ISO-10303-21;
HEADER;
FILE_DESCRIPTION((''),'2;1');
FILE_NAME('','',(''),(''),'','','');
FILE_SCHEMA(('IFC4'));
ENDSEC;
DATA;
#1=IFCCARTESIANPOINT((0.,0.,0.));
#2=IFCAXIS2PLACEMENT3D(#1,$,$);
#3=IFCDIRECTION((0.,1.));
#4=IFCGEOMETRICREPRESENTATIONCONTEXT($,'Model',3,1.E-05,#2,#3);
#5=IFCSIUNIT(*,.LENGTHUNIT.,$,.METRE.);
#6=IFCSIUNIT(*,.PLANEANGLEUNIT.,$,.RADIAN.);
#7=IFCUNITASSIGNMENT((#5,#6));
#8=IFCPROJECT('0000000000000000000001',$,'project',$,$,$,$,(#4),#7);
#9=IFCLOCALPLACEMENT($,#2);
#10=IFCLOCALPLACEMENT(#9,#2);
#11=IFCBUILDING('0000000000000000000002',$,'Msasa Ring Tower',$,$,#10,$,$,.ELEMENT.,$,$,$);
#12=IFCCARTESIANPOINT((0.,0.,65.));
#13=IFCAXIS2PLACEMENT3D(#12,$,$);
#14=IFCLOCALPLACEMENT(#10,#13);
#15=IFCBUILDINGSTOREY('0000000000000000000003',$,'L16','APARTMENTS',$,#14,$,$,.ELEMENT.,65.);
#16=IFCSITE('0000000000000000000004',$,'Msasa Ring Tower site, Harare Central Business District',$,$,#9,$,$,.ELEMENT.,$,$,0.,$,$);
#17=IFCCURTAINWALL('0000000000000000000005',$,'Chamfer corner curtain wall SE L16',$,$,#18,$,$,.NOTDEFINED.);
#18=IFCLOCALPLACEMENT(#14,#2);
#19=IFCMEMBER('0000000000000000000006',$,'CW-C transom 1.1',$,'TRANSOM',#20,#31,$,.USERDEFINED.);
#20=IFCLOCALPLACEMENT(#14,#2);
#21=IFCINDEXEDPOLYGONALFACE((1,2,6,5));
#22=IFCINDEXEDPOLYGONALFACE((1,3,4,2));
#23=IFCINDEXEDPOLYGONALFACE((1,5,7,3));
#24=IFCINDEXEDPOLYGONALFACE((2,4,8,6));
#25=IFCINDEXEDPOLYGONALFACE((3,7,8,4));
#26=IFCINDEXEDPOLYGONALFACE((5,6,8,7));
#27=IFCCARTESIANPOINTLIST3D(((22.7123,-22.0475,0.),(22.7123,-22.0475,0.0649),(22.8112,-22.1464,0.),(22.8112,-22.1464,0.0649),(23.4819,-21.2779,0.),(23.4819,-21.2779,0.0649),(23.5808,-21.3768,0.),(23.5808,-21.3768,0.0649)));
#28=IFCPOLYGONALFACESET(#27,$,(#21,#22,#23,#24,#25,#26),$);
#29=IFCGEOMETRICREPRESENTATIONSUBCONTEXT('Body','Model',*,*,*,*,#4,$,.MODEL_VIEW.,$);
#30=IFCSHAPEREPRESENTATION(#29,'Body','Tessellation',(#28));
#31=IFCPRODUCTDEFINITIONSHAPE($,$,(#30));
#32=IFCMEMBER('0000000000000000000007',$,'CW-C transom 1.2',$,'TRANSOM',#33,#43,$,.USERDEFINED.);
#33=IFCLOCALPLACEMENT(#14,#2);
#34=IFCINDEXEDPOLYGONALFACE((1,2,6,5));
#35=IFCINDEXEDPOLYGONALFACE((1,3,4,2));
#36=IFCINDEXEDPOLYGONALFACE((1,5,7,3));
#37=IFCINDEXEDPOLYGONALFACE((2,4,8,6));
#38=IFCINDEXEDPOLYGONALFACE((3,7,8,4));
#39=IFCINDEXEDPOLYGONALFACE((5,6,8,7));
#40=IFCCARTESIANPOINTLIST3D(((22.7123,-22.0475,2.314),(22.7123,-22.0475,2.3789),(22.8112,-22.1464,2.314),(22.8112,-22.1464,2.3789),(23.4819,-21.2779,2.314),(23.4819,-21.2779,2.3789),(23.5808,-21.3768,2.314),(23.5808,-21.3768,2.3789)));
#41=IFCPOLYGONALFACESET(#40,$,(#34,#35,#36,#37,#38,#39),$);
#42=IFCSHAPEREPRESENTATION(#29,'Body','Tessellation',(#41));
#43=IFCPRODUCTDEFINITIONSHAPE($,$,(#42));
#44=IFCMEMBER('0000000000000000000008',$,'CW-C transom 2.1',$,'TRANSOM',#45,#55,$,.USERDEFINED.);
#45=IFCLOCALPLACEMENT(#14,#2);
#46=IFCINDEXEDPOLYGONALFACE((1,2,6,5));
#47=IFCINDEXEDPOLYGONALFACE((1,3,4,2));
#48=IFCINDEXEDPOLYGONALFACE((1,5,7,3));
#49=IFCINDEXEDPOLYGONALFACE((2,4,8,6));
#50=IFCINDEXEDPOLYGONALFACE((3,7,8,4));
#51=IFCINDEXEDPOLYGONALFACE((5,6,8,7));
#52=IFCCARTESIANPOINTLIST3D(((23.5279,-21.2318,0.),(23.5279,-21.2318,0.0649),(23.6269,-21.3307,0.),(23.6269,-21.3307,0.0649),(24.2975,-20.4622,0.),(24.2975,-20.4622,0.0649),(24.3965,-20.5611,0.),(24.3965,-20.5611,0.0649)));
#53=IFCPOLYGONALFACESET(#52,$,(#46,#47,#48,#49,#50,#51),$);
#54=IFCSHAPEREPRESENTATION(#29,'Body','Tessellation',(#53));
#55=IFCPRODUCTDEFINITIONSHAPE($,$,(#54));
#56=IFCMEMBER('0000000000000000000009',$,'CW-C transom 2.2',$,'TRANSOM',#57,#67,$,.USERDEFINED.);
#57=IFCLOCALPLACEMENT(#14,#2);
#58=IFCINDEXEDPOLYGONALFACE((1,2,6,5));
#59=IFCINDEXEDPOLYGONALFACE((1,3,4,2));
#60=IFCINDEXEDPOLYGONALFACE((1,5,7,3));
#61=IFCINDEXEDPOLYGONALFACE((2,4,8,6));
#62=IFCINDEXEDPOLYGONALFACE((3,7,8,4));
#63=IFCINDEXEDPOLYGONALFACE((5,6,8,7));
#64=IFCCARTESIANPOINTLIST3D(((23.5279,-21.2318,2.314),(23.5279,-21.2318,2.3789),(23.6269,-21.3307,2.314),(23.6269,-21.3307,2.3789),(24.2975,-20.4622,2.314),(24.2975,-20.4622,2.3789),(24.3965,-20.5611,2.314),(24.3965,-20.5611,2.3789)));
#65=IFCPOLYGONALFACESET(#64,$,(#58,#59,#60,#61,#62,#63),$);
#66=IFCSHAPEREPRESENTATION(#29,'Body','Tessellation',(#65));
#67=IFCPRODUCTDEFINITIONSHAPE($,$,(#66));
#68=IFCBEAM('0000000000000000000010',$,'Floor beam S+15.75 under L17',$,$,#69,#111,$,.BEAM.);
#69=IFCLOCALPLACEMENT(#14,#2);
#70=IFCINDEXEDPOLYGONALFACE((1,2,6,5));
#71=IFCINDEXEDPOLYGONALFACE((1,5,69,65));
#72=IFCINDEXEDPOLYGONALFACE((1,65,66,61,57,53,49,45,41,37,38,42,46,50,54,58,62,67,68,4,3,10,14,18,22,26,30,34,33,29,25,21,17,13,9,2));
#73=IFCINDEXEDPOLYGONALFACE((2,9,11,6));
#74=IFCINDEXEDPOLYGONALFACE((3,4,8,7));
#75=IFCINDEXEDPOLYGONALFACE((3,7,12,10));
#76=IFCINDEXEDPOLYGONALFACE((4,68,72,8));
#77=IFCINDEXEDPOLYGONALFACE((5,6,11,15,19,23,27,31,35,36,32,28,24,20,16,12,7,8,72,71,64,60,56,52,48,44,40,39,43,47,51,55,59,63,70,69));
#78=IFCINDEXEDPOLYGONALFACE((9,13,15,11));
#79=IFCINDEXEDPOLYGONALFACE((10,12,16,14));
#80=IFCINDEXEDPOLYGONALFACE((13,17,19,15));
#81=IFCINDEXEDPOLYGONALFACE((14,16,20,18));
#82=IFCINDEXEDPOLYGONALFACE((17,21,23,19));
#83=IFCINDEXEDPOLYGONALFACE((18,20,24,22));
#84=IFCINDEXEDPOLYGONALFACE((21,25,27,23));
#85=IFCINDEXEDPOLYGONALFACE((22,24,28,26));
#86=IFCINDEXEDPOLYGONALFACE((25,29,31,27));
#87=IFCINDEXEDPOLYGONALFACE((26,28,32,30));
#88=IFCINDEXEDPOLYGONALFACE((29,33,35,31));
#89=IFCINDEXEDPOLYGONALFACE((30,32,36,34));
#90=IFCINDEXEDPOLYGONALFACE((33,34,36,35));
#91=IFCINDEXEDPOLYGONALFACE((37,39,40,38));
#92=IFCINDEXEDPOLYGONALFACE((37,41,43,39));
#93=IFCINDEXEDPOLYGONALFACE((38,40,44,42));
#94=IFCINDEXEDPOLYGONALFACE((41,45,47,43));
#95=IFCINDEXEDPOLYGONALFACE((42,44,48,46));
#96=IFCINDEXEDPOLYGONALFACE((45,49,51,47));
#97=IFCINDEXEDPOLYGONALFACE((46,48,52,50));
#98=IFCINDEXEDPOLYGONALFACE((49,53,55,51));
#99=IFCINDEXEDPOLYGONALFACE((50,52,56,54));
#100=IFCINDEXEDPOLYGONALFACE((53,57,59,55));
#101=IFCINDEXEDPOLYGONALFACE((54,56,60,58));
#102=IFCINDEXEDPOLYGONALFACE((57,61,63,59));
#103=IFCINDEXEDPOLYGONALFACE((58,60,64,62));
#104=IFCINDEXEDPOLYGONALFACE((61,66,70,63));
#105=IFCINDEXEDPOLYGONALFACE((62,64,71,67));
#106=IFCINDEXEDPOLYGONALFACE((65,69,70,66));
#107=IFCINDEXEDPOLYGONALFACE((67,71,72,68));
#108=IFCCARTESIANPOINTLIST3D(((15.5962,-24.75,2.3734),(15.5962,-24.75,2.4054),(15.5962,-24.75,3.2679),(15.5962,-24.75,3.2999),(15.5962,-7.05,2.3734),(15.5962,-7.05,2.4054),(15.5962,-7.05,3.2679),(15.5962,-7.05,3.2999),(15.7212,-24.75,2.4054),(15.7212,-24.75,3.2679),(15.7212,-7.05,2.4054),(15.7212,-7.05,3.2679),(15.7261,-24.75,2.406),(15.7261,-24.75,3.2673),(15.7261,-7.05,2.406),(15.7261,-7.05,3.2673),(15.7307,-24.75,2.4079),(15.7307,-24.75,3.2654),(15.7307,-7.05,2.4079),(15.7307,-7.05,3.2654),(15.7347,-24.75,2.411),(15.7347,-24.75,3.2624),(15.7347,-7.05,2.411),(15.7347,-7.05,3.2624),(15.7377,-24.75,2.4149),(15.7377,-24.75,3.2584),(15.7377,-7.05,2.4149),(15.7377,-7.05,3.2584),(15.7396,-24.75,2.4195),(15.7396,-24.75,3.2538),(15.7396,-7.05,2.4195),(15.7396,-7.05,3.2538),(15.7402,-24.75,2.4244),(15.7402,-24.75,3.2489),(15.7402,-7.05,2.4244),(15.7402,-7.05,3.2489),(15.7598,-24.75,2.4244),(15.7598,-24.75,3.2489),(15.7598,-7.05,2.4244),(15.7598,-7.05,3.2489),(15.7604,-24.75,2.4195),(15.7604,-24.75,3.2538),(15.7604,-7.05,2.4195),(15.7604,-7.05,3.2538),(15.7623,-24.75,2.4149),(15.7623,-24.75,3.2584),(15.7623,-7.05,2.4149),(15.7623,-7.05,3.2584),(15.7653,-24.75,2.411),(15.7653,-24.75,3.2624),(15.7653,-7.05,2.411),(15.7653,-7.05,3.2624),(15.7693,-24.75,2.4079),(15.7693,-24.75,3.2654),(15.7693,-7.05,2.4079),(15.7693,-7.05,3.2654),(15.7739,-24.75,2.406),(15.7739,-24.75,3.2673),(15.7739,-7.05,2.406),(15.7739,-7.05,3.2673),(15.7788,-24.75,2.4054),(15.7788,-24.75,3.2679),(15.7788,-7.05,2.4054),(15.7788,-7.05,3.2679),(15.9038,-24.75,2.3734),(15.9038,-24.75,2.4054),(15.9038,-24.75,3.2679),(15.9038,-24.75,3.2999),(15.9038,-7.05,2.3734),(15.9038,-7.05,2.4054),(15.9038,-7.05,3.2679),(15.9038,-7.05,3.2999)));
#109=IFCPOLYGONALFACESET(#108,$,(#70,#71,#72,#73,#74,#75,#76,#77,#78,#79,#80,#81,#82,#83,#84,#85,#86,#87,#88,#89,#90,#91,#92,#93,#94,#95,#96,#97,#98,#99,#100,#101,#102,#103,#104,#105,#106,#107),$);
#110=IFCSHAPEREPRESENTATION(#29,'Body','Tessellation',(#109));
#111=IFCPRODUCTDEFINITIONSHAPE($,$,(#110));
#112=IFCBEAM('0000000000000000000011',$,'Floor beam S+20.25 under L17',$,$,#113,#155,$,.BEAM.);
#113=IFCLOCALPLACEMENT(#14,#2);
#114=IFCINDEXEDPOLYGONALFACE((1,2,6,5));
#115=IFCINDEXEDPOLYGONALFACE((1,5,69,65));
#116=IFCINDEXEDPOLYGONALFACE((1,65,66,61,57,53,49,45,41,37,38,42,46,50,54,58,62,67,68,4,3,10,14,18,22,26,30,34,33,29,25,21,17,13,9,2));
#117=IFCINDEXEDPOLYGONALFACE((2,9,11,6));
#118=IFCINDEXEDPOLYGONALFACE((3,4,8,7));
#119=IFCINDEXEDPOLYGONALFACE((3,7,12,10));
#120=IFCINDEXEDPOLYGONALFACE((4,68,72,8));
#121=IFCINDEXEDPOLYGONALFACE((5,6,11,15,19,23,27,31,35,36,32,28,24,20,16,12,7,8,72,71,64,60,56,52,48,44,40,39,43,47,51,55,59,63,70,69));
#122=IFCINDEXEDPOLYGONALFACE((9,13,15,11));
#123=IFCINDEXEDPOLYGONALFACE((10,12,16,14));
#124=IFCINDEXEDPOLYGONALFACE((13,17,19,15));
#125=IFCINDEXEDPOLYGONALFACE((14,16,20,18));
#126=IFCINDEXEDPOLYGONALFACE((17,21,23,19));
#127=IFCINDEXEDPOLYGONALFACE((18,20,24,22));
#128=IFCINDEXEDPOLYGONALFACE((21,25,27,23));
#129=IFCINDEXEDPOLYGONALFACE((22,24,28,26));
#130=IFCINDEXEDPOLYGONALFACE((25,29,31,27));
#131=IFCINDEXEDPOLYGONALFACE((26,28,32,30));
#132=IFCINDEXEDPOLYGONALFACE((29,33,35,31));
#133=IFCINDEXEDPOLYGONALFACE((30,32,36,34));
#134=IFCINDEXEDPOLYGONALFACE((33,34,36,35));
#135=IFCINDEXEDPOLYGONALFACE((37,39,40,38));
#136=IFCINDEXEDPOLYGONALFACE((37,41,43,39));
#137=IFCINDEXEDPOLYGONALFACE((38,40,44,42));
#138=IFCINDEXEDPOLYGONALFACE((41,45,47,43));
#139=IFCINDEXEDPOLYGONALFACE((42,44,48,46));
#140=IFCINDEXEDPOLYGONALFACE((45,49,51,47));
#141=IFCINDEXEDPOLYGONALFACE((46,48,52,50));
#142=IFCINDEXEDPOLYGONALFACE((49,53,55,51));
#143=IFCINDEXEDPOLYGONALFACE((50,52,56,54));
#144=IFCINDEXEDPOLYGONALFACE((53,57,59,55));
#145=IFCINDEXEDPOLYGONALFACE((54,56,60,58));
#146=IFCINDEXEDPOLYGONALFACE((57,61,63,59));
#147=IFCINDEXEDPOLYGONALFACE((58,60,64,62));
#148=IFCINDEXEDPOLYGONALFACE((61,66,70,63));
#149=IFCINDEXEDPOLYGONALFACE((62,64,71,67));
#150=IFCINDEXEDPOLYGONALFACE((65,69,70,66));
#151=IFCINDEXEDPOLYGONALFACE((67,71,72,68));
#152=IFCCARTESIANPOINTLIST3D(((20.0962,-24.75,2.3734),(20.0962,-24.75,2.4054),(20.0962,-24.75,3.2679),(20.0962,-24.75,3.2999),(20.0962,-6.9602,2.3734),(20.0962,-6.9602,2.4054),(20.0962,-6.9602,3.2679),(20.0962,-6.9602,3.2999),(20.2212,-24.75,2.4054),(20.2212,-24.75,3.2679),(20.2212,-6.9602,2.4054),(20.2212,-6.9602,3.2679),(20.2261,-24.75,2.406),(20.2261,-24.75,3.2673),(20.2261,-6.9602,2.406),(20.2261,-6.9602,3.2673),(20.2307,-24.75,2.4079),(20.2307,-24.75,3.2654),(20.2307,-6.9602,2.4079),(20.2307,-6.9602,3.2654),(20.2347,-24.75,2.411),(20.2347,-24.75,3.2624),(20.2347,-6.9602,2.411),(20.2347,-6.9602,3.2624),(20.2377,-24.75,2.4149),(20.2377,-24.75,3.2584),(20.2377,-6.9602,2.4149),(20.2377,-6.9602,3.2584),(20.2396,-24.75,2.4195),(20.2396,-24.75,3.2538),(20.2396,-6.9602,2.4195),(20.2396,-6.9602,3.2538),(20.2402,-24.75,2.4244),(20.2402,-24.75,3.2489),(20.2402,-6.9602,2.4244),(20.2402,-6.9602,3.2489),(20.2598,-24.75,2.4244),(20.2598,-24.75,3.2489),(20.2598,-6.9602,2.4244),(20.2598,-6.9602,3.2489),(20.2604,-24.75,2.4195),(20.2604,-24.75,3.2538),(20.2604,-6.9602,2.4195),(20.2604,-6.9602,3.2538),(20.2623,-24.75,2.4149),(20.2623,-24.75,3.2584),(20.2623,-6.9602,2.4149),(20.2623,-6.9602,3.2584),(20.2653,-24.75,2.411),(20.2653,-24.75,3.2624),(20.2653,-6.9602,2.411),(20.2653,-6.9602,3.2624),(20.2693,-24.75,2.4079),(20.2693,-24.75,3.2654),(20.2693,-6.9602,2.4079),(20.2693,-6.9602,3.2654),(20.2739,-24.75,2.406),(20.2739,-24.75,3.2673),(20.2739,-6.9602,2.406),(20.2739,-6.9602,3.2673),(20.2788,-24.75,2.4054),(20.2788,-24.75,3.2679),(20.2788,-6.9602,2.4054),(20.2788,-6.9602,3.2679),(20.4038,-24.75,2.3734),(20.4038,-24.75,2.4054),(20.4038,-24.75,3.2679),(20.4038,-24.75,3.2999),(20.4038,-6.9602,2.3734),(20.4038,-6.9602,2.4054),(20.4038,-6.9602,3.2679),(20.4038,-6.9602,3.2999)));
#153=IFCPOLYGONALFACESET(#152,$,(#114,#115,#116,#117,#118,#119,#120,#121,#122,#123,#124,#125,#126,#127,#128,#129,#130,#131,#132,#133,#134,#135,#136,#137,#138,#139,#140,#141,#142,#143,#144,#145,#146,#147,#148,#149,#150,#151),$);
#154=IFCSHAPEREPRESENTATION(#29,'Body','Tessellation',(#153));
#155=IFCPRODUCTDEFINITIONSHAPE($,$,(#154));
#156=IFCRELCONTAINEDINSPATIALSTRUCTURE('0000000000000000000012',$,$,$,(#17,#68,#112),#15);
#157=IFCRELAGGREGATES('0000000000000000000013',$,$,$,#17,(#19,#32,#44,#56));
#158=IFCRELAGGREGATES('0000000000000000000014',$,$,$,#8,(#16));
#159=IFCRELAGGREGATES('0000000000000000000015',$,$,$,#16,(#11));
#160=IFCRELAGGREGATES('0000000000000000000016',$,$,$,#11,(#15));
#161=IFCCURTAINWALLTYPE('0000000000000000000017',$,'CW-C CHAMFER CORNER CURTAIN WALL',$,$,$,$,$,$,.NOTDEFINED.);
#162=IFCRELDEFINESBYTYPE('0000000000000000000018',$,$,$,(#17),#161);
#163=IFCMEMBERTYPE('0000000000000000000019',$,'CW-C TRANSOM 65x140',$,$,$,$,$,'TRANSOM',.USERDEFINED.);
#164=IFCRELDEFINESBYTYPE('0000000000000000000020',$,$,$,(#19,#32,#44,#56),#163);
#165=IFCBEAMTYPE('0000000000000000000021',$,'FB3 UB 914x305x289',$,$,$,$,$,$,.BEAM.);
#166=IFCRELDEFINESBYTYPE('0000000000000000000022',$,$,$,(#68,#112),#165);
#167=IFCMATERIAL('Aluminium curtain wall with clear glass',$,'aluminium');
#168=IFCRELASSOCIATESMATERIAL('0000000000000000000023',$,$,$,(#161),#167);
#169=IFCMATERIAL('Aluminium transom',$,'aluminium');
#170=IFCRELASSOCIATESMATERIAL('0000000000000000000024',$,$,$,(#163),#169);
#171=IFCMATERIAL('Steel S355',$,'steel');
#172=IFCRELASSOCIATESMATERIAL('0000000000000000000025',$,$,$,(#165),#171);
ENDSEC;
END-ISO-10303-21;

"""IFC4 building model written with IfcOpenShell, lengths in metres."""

from ifc_helpers import new_model, si_unit, direction, frame, origin, origin_2d, place, context, subcontext, project, spatial, rectangle, i_section, extrude, material, material_profile, profile_set, type_object, element, aggregate, save


model = new_model("IFC4")

# Units and contexts
model_context = context("Model", 3, precision=1e-05, world=origin(), true_north=direction((0.0, 1.0)))
body_context = subcontext(model_context, "Body", "Model", "MODEL_VIEW")
ifc_project = project(units=[si_unit("LENGTHUNIT", "METRE"), si_unit("PLANEANGLEUNIT", "RADIAN")], contexts=[model_context])

# Site, building, storey
site_placement = place(None, origin())
site = spatial("IfcSite", under=ifc_project, at=site_placement, Name="Msasa Ring Tower site, Harare Central Business District", CompositionType="ELEMENT", RefElevation=0.0)
building_placement = place(site_placement, origin())
building = spatial("IfcBuilding", under=site, at=building_placement, Name="Msasa Ring Tower", CompositionType="ELEMENT")
storey_placement = place(building_placement, frame((0.0, 0.0, 65.0)))
storey = spatial("IfcBuildingStorey", under=building, at=storey_placement, Name="L16", Description="APARTMENTS", CompositionType="ELEMENT", Elevation=65.0)

# Curtain wall
ifc_material_1 = material(Name="Aluminium curtain wall with clear glass", Category="aluminium")
curtain_wall_type = type_object("IfcCurtainWallType", Name="CW-C CHAMFER CORNER CURTAIN WALL", PredefinedType="NOTDEFINED", material=ifc_material_1)
curtain_wall_1_placement = place(storey_placement, origin())
curtain_wall_1 = element("IfcCurtainWall", 1, at=curtain_wall_1_placement, inside=storey, type_object=curtain_wall_type, Name="Chamfer corner curtain wall SE L16", PredefinedType="NOTDEFINED")

# Members
ifc_material_2 = material(Name="Aluminium transom", Category="aluminium")
ifc_material_profile_1 = material_profile(ifc_material_2, rectangle(XDim=0.1399, YDim=0.0649, at=origin_2d()), Name="AL 65x140")
ifc_profile_set_1 = profile_set([ifc_material_profile_1], Name="Aluminium transom")
member_type_1 = type_object("IfcMemberType", Name="CW-C TRANSOM 65x140", ElementType="TRANSOM", PredefinedType="USERDEFINED", material=ifc_profile_set_1)
member_1_placement = place(storey_placement, frame((22.7617, -22.0969, 0.0325), z_axis=(0.707107, 0.707107, 0.0), x_axis=(-0.707107, 0.707107, 0.0)))
member_1 = element("IfcMember", 2, at=member_1_placement, type_object=member_type_1, Name="CW-C transom 1.1", ObjectType="TRANSOM", PredefinedType="USERDEFINED", context=body_context, shape_type="SweptSolid", body=[
    extrude(rectangle(XDim=0.1399, YDim=0.0649, at=origin_2d()), origin(), (0.0, 0.0, 1.0), 1.0884),
])
member_2_placement = place(storey_placement, frame((22.7617, -22.0969, 2.3464), z_axis=(0.707107, 0.707107, 0.0), x_axis=(-0.707107, 0.707107, 0.0)))
member_2 = element("IfcMember", 3, at=member_2_placement, type_object=member_type_1, Name="CW-C transom 1.2", ObjectType="TRANSOM", PredefinedType="USERDEFINED", context=body_context, shape_type="SweptSolid", body=[
    extrude(rectangle(XDim=0.1399, YDim=0.0649, at=origin_2d()), origin(), (0.0, 0.0, 1.0), 1.0884),
])
member_3_placement = place(storey_placement, frame((23.5774, -21.2812, 0.0325), z_axis=(0.707107, 0.707107, 0.0), x_axis=(-0.707107, 0.707107, 0.0)))
member_3 = element("IfcMember", 4, at=member_3_placement, type_object=member_type_1, Name="CW-C transom 2.1", ObjectType="TRANSOM", PredefinedType="USERDEFINED", context=body_context, shape_type="SweptSolid", body=[
    extrude(rectangle(XDim=0.1399, YDim=0.0649, at=origin_2d()), origin(), (0.0, 0.0, 1.0), 1.0884),
])
member_4_placement = place(storey_placement, frame((23.5774, -21.2812, 2.3464), z_axis=(0.707107, 0.707107, 0.0), x_axis=(-0.707107, 0.707107, 0.0)))
member_4 = element("IfcMember", 5, at=member_4_placement, type_object=member_type_1, Name="CW-C transom 2.2", ObjectType="TRANSOM", PredefinedType="USERDEFINED", context=body_context, shape_type="SweptSolid", body=[
    extrude(rectangle(XDim=0.1399, YDim=0.0649, at=origin_2d()), origin(), (0.0, 0.0, 1.0), 1.0884),
])

# Beams
ifc_material_3 = material(Name="Steel S355", Category="steel")
ifc_material_profile_2 = material_profile(ifc_material_3, i_section(OverallWidth=0.3076, OverallDepth=0.9265, WebThickness=0.0195, FlangeThickness=0.032, FilletRadius=0.019, at=origin_2d()), Name="UB 914x305x289")
ifc_profile_set_2 = profile_set([ifc_material_profile_2], Name="Steel S355")
beam_type_1 = type_object("IfcBeamType", Name="FB3 UB 914x305x289", PredefinedType="BEAM", material=ifc_profile_set_2)
beam_1_placement = place(storey_placement, frame((15.75, -24.75, 2.8367), z_axis=(0.0, 1.0, 0.0), x_axis=(-1.0, 0.0, 0.0)))
element("IfcBeam", 6, at=beam_1_placement, inside=storey, type_object=beam_type_1, Name="Floor beam S+15.75 under L17", PredefinedType="BEAM", context=body_context, shape_type="SweptSolid", body=[
    extrude(i_section(OverallWidth=0.3076, OverallDepth=0.9265, WebThickness=0.0195, FlangeThickness=0.032, FilletRadius=0.019, at=origin_2d()), origin(), (0.0, 0.0, 1.0), 17.7),
])
beam_2_placement = place(storey_placement, frame((20.25, -24.75, 2.8367), z_axis=(0.0, 1.0, 0.0), x_axis=(-1.0, 0.0, 0.0)))
element("IfcBeam", 7, at=beam_2_placement, inside=storey, type_object=beam_type_1, Name="Floor beam S+20.25 under L17", PredefinedType="BEAM", context=body_context, shape_type="SweptSolid", body=[
    extrude(i_section(OverallWidth=0.3076, OverallDepth=0.9265, WebThickness=0.0195, FlangeThickness=0.032, FilletRadius=0.019, at=origin_2d()), origin(), (0.0, 0.0, 1.0), 17.7898),
])

aggregate(curtain_wall_1, [member_1, member_2, member_3, member_4])

save(model, "model.ifc")
